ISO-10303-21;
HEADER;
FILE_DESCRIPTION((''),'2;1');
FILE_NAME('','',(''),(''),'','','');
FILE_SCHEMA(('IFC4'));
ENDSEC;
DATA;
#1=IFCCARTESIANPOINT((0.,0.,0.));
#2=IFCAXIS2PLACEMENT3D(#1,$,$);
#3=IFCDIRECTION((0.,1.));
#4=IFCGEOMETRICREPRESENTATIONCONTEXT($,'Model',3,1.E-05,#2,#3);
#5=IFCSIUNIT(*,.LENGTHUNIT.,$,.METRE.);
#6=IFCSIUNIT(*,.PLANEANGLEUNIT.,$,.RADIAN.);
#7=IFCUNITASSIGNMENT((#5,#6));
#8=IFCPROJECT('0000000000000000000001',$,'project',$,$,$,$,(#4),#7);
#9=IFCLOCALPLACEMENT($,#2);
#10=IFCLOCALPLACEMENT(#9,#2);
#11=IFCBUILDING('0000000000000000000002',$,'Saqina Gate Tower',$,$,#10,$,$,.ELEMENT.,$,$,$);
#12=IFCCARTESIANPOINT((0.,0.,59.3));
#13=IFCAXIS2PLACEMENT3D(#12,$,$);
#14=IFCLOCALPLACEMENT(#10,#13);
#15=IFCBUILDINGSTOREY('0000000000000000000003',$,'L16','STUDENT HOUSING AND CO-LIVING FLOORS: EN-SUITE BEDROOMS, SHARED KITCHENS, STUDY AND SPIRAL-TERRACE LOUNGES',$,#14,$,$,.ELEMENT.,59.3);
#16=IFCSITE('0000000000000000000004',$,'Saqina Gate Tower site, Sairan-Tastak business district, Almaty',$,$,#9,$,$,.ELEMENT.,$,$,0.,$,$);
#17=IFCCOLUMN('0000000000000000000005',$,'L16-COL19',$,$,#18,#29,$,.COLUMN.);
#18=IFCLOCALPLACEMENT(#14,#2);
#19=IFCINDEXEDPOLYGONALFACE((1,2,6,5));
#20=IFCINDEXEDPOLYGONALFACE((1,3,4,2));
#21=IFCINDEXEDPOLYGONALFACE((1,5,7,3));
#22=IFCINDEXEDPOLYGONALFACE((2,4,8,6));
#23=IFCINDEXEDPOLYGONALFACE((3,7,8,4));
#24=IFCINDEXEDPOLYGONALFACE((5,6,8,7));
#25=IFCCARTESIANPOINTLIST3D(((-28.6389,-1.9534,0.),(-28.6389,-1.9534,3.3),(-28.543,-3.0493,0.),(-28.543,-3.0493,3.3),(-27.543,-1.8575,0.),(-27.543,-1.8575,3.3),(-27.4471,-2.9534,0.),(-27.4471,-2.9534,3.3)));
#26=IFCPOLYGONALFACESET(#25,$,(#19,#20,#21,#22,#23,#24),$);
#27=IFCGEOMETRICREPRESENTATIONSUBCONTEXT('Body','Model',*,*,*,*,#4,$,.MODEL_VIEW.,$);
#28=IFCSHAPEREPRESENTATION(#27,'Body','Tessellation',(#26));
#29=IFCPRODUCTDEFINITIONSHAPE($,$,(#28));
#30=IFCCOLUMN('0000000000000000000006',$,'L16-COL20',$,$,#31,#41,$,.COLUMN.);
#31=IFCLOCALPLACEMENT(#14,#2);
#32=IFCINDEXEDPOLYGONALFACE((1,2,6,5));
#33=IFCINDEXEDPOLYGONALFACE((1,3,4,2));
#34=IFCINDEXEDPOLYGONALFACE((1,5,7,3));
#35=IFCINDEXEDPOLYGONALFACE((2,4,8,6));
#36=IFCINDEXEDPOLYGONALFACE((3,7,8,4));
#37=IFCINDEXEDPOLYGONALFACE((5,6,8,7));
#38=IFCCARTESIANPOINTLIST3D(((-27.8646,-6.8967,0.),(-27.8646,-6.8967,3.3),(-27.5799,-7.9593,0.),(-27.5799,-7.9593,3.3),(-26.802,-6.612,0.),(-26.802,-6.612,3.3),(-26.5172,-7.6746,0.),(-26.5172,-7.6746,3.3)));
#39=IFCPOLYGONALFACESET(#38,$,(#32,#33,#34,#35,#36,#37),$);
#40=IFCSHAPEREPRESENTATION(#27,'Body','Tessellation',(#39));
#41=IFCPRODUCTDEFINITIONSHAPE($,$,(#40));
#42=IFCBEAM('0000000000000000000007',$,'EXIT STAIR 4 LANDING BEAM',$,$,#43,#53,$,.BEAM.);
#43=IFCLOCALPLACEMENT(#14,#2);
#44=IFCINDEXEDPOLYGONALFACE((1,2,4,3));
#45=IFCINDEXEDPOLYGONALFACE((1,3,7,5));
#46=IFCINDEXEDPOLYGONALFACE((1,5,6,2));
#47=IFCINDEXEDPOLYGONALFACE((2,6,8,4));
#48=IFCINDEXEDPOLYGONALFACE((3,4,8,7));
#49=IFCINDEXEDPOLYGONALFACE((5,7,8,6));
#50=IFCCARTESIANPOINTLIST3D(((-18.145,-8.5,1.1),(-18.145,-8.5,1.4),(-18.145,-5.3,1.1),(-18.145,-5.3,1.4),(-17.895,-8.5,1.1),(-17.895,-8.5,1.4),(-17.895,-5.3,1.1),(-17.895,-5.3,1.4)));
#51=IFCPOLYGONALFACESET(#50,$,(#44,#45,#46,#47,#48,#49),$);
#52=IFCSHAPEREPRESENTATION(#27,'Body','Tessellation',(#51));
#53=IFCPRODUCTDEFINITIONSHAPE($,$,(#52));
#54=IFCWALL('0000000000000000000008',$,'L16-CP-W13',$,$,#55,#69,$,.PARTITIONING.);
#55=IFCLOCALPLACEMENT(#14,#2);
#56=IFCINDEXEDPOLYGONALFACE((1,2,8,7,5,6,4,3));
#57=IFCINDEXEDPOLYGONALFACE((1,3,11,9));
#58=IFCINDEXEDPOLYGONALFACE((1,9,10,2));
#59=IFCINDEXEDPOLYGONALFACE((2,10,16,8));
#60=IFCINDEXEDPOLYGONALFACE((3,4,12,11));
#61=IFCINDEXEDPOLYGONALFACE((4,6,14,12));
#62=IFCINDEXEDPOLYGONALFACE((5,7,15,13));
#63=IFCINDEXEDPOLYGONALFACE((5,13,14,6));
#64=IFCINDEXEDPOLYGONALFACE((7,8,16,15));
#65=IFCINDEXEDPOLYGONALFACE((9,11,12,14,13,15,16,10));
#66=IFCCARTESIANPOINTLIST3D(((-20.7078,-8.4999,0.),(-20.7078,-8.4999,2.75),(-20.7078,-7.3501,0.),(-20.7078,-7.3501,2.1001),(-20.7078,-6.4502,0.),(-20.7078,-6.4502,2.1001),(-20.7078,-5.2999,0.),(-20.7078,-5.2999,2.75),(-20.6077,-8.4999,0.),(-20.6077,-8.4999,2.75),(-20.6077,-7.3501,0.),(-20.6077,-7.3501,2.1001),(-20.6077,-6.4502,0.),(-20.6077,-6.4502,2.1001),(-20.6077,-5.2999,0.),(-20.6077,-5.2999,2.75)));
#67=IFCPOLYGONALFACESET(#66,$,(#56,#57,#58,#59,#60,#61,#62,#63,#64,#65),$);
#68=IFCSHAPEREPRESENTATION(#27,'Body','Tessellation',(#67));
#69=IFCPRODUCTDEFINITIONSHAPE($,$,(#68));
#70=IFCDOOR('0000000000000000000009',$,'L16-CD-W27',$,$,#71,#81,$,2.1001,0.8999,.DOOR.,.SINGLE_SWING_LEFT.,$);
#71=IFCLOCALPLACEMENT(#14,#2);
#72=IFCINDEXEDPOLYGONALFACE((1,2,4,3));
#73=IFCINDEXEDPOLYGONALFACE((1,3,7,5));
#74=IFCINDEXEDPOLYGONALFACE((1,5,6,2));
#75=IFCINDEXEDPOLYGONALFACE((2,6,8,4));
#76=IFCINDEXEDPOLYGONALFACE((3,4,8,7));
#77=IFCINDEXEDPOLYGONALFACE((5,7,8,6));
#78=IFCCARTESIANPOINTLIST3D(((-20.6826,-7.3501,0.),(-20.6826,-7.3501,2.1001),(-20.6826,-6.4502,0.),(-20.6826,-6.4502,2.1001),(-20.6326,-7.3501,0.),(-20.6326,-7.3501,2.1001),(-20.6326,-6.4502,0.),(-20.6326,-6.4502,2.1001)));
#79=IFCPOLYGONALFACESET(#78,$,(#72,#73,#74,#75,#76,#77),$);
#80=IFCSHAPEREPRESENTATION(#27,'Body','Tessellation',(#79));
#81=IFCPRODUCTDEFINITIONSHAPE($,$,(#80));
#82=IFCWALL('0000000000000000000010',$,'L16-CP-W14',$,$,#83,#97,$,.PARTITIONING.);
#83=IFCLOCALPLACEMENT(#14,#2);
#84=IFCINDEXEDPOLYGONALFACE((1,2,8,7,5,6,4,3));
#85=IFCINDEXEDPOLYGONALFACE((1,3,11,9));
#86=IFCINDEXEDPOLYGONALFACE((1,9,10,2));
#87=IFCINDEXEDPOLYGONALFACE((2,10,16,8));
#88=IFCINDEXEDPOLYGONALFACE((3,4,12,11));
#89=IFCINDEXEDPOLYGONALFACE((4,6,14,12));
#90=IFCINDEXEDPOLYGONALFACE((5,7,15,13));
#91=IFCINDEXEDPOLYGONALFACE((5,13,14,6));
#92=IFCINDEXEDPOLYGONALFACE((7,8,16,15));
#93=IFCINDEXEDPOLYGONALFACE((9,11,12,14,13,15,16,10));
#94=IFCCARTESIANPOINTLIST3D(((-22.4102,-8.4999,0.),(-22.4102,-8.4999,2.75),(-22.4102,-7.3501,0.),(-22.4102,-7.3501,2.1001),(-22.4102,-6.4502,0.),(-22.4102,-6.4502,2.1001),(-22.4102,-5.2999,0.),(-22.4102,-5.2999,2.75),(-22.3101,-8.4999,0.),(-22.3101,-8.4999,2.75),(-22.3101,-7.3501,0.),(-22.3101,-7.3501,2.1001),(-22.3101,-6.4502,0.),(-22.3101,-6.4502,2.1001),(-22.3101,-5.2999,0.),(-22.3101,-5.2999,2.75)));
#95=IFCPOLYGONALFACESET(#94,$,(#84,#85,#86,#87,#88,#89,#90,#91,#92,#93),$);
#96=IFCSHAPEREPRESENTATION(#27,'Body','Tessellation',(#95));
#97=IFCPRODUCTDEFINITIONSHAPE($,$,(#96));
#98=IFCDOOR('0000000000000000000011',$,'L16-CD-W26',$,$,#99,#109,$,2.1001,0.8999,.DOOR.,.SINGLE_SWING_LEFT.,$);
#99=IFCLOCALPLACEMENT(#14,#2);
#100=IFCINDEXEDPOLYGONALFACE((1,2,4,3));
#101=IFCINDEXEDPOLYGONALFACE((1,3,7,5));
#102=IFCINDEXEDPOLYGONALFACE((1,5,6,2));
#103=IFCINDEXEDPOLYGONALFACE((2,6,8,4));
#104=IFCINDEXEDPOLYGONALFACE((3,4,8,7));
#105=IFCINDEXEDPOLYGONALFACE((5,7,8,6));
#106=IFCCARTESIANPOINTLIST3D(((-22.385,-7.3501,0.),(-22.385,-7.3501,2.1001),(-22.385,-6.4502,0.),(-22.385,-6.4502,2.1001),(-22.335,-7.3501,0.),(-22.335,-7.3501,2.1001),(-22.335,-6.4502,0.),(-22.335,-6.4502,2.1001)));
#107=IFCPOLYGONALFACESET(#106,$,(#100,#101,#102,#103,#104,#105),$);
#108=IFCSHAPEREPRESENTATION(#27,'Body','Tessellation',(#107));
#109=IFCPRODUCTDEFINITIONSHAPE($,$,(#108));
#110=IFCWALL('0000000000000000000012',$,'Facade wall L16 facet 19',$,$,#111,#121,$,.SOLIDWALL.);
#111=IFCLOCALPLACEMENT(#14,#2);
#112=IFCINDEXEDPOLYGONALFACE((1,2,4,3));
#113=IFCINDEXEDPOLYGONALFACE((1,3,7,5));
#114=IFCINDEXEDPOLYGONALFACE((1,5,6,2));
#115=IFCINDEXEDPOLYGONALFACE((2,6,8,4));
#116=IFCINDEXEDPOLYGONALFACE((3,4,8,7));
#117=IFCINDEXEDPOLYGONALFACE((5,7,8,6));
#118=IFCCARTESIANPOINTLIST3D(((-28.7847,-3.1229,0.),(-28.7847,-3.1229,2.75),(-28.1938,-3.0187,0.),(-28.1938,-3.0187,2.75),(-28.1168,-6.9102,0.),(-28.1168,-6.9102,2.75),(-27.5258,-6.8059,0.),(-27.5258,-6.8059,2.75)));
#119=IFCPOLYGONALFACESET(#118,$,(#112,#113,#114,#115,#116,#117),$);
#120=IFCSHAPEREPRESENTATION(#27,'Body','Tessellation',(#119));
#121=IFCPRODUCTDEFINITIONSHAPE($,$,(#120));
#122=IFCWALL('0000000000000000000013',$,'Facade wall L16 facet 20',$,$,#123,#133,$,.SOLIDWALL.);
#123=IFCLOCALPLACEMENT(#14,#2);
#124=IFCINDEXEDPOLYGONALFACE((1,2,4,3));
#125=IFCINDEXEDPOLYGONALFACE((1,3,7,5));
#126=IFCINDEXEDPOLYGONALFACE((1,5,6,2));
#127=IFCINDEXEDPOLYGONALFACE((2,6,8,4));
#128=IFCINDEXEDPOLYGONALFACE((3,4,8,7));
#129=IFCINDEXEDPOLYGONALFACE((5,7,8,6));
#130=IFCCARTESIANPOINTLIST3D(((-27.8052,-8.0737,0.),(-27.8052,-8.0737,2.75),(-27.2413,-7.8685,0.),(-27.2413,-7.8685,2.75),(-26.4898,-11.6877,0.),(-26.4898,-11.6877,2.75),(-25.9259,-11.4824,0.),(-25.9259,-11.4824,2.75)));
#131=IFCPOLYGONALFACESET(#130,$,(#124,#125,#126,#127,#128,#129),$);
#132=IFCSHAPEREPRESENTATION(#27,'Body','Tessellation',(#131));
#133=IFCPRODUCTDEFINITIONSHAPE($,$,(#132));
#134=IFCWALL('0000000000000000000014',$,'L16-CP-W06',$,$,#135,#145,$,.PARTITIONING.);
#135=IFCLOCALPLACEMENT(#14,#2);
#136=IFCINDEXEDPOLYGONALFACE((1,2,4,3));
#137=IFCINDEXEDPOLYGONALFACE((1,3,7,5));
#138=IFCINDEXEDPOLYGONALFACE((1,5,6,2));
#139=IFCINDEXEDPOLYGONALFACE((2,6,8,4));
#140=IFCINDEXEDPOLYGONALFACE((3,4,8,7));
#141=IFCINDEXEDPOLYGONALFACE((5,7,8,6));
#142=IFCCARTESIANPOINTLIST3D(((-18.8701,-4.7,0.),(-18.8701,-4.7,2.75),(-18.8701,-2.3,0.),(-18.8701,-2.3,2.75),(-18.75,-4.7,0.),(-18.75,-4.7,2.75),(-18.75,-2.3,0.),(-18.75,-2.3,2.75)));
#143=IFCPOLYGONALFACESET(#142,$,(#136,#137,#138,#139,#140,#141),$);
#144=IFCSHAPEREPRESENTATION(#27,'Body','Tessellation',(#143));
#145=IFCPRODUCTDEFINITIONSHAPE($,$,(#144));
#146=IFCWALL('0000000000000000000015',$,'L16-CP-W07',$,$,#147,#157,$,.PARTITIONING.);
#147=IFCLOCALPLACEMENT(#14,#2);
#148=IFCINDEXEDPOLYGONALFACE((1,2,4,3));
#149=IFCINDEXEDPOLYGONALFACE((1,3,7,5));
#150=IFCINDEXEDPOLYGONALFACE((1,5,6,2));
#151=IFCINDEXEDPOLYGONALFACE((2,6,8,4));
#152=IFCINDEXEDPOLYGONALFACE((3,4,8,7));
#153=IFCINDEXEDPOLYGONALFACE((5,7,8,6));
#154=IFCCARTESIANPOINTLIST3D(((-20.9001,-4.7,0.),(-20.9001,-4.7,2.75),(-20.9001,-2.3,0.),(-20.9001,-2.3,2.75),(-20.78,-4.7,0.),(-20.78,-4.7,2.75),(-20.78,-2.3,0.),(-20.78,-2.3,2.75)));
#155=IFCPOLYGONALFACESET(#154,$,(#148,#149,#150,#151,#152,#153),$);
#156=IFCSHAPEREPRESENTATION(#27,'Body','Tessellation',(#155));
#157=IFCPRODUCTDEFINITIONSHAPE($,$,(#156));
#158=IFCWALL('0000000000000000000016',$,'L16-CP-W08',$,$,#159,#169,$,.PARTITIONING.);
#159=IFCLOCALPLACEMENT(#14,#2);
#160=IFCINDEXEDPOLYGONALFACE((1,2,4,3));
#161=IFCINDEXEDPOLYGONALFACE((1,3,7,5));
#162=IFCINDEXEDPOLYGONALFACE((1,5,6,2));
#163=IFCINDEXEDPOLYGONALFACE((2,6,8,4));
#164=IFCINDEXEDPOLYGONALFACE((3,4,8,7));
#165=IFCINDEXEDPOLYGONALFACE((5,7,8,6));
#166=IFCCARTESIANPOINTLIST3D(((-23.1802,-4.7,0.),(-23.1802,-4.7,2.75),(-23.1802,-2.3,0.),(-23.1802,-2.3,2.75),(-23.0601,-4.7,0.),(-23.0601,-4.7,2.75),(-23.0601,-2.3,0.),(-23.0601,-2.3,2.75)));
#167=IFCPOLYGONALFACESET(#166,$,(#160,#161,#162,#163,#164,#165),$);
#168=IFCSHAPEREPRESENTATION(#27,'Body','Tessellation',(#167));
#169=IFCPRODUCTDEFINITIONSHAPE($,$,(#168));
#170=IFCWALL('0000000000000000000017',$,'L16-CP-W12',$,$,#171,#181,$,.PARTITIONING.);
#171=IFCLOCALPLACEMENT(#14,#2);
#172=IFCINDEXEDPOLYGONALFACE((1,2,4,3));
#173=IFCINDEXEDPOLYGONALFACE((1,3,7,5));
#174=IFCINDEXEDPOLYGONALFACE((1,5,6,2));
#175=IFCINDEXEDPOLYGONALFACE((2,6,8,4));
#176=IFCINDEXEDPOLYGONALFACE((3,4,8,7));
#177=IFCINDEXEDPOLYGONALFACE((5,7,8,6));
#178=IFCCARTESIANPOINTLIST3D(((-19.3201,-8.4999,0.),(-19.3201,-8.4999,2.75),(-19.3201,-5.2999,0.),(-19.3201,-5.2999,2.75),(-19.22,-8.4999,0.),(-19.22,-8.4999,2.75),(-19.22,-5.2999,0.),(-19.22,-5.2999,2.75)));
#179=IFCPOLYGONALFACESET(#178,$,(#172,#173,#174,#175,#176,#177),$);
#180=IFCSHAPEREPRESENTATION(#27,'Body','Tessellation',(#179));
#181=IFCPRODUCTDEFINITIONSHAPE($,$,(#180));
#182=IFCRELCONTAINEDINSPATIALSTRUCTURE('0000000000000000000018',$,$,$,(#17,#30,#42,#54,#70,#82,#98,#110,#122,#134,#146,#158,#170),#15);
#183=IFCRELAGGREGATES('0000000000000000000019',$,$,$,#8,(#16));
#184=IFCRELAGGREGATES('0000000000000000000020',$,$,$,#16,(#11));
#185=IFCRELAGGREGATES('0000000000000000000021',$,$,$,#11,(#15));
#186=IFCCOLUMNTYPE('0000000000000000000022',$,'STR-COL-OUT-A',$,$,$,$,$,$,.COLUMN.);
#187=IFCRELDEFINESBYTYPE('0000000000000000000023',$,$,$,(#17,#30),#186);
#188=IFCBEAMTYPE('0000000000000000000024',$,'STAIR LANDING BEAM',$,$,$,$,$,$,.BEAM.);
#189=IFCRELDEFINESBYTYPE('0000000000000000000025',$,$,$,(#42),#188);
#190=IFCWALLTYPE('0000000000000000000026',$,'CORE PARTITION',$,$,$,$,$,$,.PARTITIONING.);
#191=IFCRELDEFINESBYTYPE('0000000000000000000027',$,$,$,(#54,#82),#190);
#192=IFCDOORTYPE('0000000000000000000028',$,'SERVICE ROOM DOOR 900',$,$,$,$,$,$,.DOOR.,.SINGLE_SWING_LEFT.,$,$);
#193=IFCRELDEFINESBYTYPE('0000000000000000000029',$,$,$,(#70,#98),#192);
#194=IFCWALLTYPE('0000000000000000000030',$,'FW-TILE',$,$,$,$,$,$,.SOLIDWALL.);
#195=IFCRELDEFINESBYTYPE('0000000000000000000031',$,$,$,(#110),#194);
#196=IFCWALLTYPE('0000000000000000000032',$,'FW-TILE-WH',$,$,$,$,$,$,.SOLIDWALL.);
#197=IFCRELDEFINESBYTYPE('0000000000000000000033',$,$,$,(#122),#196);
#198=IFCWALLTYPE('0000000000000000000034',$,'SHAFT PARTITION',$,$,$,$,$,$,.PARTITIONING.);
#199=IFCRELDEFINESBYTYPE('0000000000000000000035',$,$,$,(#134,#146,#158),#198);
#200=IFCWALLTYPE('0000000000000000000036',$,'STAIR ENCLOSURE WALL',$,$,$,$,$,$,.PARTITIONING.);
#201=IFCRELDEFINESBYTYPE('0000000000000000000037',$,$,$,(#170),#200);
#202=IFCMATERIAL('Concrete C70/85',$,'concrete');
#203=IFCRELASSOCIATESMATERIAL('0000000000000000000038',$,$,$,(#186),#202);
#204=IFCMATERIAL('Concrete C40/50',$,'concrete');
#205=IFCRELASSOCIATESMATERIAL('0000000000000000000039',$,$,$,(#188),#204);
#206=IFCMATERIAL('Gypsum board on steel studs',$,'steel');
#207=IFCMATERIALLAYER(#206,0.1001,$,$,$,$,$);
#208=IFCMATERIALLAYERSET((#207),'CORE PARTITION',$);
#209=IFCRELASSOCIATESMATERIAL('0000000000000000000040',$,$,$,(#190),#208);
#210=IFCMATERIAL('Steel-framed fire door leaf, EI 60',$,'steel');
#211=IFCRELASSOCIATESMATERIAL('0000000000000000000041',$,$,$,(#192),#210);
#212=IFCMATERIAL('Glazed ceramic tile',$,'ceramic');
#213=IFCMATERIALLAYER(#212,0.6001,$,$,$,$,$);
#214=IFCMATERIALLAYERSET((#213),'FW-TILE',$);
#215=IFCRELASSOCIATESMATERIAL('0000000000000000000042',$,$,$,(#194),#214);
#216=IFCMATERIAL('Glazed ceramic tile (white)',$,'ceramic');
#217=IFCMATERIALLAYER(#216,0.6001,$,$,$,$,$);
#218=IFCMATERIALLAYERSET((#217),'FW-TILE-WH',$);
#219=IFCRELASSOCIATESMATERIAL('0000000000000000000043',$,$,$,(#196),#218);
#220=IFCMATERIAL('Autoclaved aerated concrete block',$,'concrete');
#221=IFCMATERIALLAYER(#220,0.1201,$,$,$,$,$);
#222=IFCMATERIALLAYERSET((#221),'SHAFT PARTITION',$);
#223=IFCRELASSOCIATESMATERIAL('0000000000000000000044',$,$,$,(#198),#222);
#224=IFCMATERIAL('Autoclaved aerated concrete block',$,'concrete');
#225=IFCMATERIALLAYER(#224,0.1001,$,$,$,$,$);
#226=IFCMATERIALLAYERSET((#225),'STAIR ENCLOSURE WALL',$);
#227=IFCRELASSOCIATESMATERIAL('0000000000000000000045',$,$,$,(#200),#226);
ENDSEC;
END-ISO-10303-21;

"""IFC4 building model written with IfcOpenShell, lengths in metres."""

from ifc_helpers import new_model, si_unit, direction, frame, frame_2d, origin, origin_2d, place, context, subcontext, project, spatial, rectangle, extrude, material, layer, layer_set, material_profile, profile_set, type_object, element, fill, save


model = new_model("IFC4")

# Units and contexts
model_context = context("Model", 3, precision=1e-05, world=origin(), true_north=direction((0.0, 1.0)))
body_context = subcontext(model_context, "Body", "Model", "MODEL_VIEW")
ifc_project = project(units=[si_unit("LENGTHUNIT", "METRE"), si_unit("PLANEANGLEUNIT", "RADIAN")], contexts=[model_context])

# Site, building, storey
site_placement = place(None, origin())
site = spatial("IfcSite", under=ifc_project, at=site_placement, Name="Saqina Gate Tower site, Sairan-Tastak business district, Almaty", CompositionType="ELEMENT", RefElevation=0.0)
building_placement = place(site_placement, origin())
building = spatial("IfcBuilding", under=site, at=building_placement, Name="Saqina Gate Tower", CompositionType="ELEMENT")
storey_placement = place(building_placement, frame((0.0, 0.0, 59.3)))
storey = spatial("IfcBuildingStorey", under=building, at=storey_placement, Name="L16", Description="STUDENT HOUSING AND CO-LIVING FLOORS: EN-SUITE BEDROOMS, SHARED KITCHENS, STUDY AND SPIRAL-TERRACE LOUNGES", CompositionType="ELEMENT", Elevation=59.3)

# Columns
ifc_material_1 = material(Name="Concrete C70/85", Category="concrete")
ifc_material_profile_1 = material_profile(ifc_material_1, rectangle(XDim=1.1001, YDim=1.1001, at=origin_2d()), Name="RC 1100x1100")
ifc_profile_set_1 = profile_set([ifc_material_profile_1], Name="Concrete C70/85")
column_type = type_object("IfcColumnType", Name="STR-COL-OUT-A", PredefinedType="COLUMN", material=ifc_profile_set_1)
for number, where, z_axis, x_axis, name in (
    (1, (-28.043, -2.4534, 0.0), (0.0, 0.0, 1.0), (-0.996195, -0.087156, 0.0), "L16-COL19"),
    (2, (-27.1909, -7.2856, 0.0), (0.0, 0.0, 1.0), (-0.965926, -0.258819, 0.0), "L16-COL20"),
):
    element("IfcColumn", number, at=place(storey_placement, frame(where, z_axis=z_axis, x_axis=x_axis)), inside=storey, type_object=column_type, Name=name, PredefinedType="COLUMN", context=body_context, shape_type="SweptSolid", body=[
        extrude(rectangle(XDim=1.1001, YDim=1.1001, at=origin_2d()), origin(), (0.0, 0.0, 1.0), 3.3),
    ])

# Beam
ifc_material_2 = material(Name="Concrete C40/50", Category="concrete")
ifc_material_profile_2 = material_profile(ifc_material_2, rectangle(XDim=0.25, YDim=0.3, at=origin_2d()), Name="STAIR LANDING BEAM")
ifc_profile_set_2 = profile_set([ifc_material_profile_2], Name="Concrete C40/50")
beam_type = type_object("IfcBeamType", Name="STAIR LANDING BEAM", PredefinedType="BEAM", material=ifc_profile_set_2)
beam_placement = place(storey_placement, frame((-18.02, -8.5, 1.25), z_axis=(0.0, 1.0, 0.0), x_axis=(-1.0, 0.0, 0.0)))
element("IfcBeam", 3, at=beam_placement, inside=storey, type_object=beam_type, Name="EXIT STAIR 4 LANDING BEAM", PredefinedType="BEAM", context=body_context, shape_type="SweptSolid", body=[
    extrude(rectangle(XDim=0.25, YDim=0.3, at=origin_2d()), origin(), (0.0, 0.0, 1.0), 3.2),
])

# Walls, openings, doors
ifc_material_3 = material(Name="Gypsum board on steel studs", Category="steel")
ifc_layer_1 = layer(ifc_material_3, 0.1001)
ifc_layer_set_1 = layer_set([ifc_layer_1], Name="CORE PARTITION")
wall_type_1 = type_object("IfcWallType", Name="CORE PARTITION", PredefinedType="PARTITIONING", material=ifc_layer_set_1)
wall_1_placement = place(storey_placement, frame((-20.6577, -8.5, 0.0), z_axis=(0.0, 0.0, 1.0), x_axis=(0.0, 1.0, 0.0)))
wall_1 = element("IfcWall", 4, at=wall_1_placement, inside=storey, type_object=wall_type_1, Name="L16-CP-W13", PredefinedType="PARTITIONING", context=body_context, shape_type="SweptSolid", body=[
    extrude(rectangle(XDim=3.2, YDim=0.1001, at=frame_2d((1.6001, 0.0))), origin(), (0.0, 0.0, 1.0), 2.75),
])
opening_1_placement = place(wall_1_placement, frame((1.1499, 0.0, 0.0)))
opening_1 = element("IfcOpeningElement", 5, at=opening_1_placement, cuts=wall_1, PredefinedType="OPENING", context=body_context, shape_type="SweptSolid", body=[
    extrude(rectangle(XDim=0.8999, YDim=2.1001, at=frame_2d((0.45, 1.05))), frame((0.0, 0.062, 0.0), z_axis=(0.0, -1.0, 0.0), x_axis=(1.0, 0.0, 0.0)), (0.0, 0.0, 1.0), 0.124),
])
ifc_material_4 = material(Name="Steel-framed fire door leaf, EI 60", Category="steel")
door_type = type_object("IfcDoorType", Name="SERVICE ROOM DOOR 900", OperationType="SINGLE_SWING_LEFT", PredefinedType="DOOR", material=ifc_material_4)
door_1_placement = place(opening_1_placement, origin())
door_1 = element("IfcDoor", 6, at=door_1_placement, inside=storey, type_object=door_type, Name="L16-CD-W27", OperationType="SINGLE_SWING_LEFT", OverallHeight=2.1001, OverallWidth=0.8999, PredefinedType="DOOR", context=body_context, shape_type="SweptSolid", body=[
    extrude(rectangle(XDim=0.8999, YDim=2.1001, at=frame_2d((0.45, 1.05))), frame((0.0, 0.0249, 0.0), z_axis=(0.0, -1.0, 0.0), x_axis=(1.0, 0.0, 0.0)), (0.0, 0.0, 1.0), 0.05),
])
fill(opening_1, door_1)
wall_2_placement = place(storey_placement, frame((-22.3601, -8.5, 0.0), z_axis=(0.0, 0.0, 1.0), x_axis=(0.0, 1.0, 0.0)))
wall_2 = element("IfcWall", 7, at=wall_2_placement, inside=storey, type_object=wall_type_1, Name="L16-CP-W14", PredefinedType="PARTITIONING", context=body_context, shape_type="SweptSolid", body=[
    extrude(rectangle(XDim=3.2, YDim=0.1001, at=frame_2d((1.6001, 0.0))), origin(), (0.0, 0.0, 1.0), 2.75),
])
opening_2_placement = place(wall_2_placement, frame((1.1499, 0.0, 0.0)))
opening_2 = element("IfcOpeningElement", 8, at=opening_2_placement, cuts=wall_2, PredefinedType="OPENING", context=body_context, shape_type="SweptSolid", body=[
    extrude(rectangle(XDim=0.8999, YDim=2.1001, at=frame_2d((0.45, 1.05))), frame((0.0, 0.062, 0.0), z_axis=(0.0, -1.0, 0.0), x_axis=(1.0, 0.0, 0.0)), (0.0, 0.0, 1.0), 0.124),
])
door_2_placement = place(opening_2_placement, origin())
door_2 = element("IfcDoor", 9, at=door_2_placement, inside=storey, type_object=door_type, Name="L16-CD-W26", OperationType="SINGLE_SWING_LEFT", OverallHeight=2.1001, OverallWidth=0.8999, PredefinedType="DOOR", context=body_context, shape_type="SweptSolid", body=[
    extrude(rectangle(XDim=0.8999, YDim=2.1001, at=frame_2d((0.45, 1.05))), frame((0.0, 0.0249, 0.0), z_axis=(0.0, -1.0, 0.0), x_axis=(1.0, 0.0, 0.0)), (0.0, 0.0, 1.0), 0.05),
])
fill(opening_2, door_2)

# Walls
ifc_material_5 = material(Name="Glazed ceramic tile", Category="ceramic")
ifc_layer_2 = layer(ifc_material_5, 0.6001)
ifc_layer_set_2 = layer_set([ifc_layer_2], Name="FW-TILE")
wall_type_2 = type_object("IfcWallType", Name="FW-TILE", PredefinedType="SOLIDWALL", material=ifc_layer_set_2)
wall_3_placement = place(storey_placement, frame((-28.4893, -3.0708, 0.0), z_axis=(0.0, 0.0, 1.0), x_axis=(0.173688, -0.984801, 0.0)))
element("IfcWall", 10, at=wall_3_placement, inside=storey, type_object=wall_type_2, Name="Facade wall L16 facet 19", PredefinedType="SOLIDWALL", context=body_context, shape_type="SweptSolid", body=[
    extrude(rectangle(XDim=3.8457, YDim=0.6001, at=frame_2d((1.9229, 0.0))), origin(), (0.0, 0.0, 1.0), 2.75),
])
ifc_material_6 = material(Name="Glazed ceramic tile (white)", Category="ceramic")
ifc_layer_3 = layer(ifc_material_6, 0.6001)
ifc_layer_set_3 = layer_set([ifc_layer_3], Name="FW-TILE-WH")
wall_type_3 = type_object("IfcWallType", Name="FW-TILE-WH", PredefinedType="SOLIDWALL", material=ifc_layer_set_3)
wall_4_placement = place(storey_placement, frame((-27.5232, -7.9712, 0.0), z_axis=(0.0, 0.0, 1.0), x_axis=(0.342028, -0.93969, 0.0)))
element("IfcWall", 11, at=wall_4_placement, inside=storey, type_object=wall_type_3, Name="Facade wall L16 facet 20", PredefinedType="SOLIDWALL", context=body_context, shape_type="SweptSolid", body=[
    extrude(rectangle(XDim=3.8459, YDim=0.6001, at=frame_2d((1.9229, 0.0))), origin(), (0.0, 0.0, 1.0), 2.75),
])
ifc_material_7 = material(Name="Autoclaved aerated concrete block", Category="concrete")
ifc_layer_4 = layer(ifc_material_7, 0.1201)
ifc_layer_set_4 = layer_set([ifc_layer_4], Name="SHAFT PARTITION")
wall_type_4 = type_object("IfcWallType", Name="SHAFT PARTITION", PredefinedType="PARTITIONING", material=ifc_layer_set_4)
for number, where, z_axis, x_axis, name in (
    (12, (-18.8101, -4.7, 0.0), (0.0, 0.0, 1.0), (0.0, 1.0, 0.0), "L16-CP-W06"),
    (13, (-20.8401, -4.7, 0.0), (0.0, 0.0, 1.0), (0.0, 1.0, 0.0), "L16-CP-W07"),
    (14, (-23.1201, -4.7, 0.0), (0.0, 0.0, 1.0), (0.0, 1.0, 0.0), "L16-CP-W08"),
):
    element("IfcWall", number, at=place(storey_placement, frame(where, z_axis=z_axis, x_axis=x_axis)), inside=storey, type_object=wall_type_4, Name=name, PredefinedType="PARTITIONING", context=body_context, shape_type="SweptSolid", body=[
        extrude(rectangle(XDim=2.3999, YDim=0.1201, at=frame_2d((1.2, 0.0))), origin(), (0.0, 0.0, 1.0), 2.75),
    ])
ifc_material_8 = material(Name="Autoclaved aerated concrete block", Category="concrete")
ifc_layer_5 = layer(ifc_material_8, 0.1001)
ifc_layer_set_5 = layer_set([ifc_layer_5], Name="STAIR ENCLOSURE WALL")
wall_type_5 = type_object("IfcWallType", Name="STAIR ENCLOSURE WALL", PredefinedType="PARTITIONING", material=ifc_layer_set_5)
wall_5_placement = place(storey_placement, frame((-19.27, -8.5, 0.0), z_axis=(0.0, 0.0, 1.0), x_axis=(0.0, 1.0, 0.0)))
element("IfcWall", 15, at=wall_5_placement, inside=storey, type_object=wall_type_5, Name="L16-CP-W12", PredefinedType="PARTITIONING", context=body_context, shape_type="SweptSolid", body=[
    extrude(rectangle(XDim=3.2, YDim=0.1001, at=frame_2d((1.6001, 0.0))), origin(), (0.0, 0.0, 1.0), 2.75),
])

save(model, "model.ifc")
